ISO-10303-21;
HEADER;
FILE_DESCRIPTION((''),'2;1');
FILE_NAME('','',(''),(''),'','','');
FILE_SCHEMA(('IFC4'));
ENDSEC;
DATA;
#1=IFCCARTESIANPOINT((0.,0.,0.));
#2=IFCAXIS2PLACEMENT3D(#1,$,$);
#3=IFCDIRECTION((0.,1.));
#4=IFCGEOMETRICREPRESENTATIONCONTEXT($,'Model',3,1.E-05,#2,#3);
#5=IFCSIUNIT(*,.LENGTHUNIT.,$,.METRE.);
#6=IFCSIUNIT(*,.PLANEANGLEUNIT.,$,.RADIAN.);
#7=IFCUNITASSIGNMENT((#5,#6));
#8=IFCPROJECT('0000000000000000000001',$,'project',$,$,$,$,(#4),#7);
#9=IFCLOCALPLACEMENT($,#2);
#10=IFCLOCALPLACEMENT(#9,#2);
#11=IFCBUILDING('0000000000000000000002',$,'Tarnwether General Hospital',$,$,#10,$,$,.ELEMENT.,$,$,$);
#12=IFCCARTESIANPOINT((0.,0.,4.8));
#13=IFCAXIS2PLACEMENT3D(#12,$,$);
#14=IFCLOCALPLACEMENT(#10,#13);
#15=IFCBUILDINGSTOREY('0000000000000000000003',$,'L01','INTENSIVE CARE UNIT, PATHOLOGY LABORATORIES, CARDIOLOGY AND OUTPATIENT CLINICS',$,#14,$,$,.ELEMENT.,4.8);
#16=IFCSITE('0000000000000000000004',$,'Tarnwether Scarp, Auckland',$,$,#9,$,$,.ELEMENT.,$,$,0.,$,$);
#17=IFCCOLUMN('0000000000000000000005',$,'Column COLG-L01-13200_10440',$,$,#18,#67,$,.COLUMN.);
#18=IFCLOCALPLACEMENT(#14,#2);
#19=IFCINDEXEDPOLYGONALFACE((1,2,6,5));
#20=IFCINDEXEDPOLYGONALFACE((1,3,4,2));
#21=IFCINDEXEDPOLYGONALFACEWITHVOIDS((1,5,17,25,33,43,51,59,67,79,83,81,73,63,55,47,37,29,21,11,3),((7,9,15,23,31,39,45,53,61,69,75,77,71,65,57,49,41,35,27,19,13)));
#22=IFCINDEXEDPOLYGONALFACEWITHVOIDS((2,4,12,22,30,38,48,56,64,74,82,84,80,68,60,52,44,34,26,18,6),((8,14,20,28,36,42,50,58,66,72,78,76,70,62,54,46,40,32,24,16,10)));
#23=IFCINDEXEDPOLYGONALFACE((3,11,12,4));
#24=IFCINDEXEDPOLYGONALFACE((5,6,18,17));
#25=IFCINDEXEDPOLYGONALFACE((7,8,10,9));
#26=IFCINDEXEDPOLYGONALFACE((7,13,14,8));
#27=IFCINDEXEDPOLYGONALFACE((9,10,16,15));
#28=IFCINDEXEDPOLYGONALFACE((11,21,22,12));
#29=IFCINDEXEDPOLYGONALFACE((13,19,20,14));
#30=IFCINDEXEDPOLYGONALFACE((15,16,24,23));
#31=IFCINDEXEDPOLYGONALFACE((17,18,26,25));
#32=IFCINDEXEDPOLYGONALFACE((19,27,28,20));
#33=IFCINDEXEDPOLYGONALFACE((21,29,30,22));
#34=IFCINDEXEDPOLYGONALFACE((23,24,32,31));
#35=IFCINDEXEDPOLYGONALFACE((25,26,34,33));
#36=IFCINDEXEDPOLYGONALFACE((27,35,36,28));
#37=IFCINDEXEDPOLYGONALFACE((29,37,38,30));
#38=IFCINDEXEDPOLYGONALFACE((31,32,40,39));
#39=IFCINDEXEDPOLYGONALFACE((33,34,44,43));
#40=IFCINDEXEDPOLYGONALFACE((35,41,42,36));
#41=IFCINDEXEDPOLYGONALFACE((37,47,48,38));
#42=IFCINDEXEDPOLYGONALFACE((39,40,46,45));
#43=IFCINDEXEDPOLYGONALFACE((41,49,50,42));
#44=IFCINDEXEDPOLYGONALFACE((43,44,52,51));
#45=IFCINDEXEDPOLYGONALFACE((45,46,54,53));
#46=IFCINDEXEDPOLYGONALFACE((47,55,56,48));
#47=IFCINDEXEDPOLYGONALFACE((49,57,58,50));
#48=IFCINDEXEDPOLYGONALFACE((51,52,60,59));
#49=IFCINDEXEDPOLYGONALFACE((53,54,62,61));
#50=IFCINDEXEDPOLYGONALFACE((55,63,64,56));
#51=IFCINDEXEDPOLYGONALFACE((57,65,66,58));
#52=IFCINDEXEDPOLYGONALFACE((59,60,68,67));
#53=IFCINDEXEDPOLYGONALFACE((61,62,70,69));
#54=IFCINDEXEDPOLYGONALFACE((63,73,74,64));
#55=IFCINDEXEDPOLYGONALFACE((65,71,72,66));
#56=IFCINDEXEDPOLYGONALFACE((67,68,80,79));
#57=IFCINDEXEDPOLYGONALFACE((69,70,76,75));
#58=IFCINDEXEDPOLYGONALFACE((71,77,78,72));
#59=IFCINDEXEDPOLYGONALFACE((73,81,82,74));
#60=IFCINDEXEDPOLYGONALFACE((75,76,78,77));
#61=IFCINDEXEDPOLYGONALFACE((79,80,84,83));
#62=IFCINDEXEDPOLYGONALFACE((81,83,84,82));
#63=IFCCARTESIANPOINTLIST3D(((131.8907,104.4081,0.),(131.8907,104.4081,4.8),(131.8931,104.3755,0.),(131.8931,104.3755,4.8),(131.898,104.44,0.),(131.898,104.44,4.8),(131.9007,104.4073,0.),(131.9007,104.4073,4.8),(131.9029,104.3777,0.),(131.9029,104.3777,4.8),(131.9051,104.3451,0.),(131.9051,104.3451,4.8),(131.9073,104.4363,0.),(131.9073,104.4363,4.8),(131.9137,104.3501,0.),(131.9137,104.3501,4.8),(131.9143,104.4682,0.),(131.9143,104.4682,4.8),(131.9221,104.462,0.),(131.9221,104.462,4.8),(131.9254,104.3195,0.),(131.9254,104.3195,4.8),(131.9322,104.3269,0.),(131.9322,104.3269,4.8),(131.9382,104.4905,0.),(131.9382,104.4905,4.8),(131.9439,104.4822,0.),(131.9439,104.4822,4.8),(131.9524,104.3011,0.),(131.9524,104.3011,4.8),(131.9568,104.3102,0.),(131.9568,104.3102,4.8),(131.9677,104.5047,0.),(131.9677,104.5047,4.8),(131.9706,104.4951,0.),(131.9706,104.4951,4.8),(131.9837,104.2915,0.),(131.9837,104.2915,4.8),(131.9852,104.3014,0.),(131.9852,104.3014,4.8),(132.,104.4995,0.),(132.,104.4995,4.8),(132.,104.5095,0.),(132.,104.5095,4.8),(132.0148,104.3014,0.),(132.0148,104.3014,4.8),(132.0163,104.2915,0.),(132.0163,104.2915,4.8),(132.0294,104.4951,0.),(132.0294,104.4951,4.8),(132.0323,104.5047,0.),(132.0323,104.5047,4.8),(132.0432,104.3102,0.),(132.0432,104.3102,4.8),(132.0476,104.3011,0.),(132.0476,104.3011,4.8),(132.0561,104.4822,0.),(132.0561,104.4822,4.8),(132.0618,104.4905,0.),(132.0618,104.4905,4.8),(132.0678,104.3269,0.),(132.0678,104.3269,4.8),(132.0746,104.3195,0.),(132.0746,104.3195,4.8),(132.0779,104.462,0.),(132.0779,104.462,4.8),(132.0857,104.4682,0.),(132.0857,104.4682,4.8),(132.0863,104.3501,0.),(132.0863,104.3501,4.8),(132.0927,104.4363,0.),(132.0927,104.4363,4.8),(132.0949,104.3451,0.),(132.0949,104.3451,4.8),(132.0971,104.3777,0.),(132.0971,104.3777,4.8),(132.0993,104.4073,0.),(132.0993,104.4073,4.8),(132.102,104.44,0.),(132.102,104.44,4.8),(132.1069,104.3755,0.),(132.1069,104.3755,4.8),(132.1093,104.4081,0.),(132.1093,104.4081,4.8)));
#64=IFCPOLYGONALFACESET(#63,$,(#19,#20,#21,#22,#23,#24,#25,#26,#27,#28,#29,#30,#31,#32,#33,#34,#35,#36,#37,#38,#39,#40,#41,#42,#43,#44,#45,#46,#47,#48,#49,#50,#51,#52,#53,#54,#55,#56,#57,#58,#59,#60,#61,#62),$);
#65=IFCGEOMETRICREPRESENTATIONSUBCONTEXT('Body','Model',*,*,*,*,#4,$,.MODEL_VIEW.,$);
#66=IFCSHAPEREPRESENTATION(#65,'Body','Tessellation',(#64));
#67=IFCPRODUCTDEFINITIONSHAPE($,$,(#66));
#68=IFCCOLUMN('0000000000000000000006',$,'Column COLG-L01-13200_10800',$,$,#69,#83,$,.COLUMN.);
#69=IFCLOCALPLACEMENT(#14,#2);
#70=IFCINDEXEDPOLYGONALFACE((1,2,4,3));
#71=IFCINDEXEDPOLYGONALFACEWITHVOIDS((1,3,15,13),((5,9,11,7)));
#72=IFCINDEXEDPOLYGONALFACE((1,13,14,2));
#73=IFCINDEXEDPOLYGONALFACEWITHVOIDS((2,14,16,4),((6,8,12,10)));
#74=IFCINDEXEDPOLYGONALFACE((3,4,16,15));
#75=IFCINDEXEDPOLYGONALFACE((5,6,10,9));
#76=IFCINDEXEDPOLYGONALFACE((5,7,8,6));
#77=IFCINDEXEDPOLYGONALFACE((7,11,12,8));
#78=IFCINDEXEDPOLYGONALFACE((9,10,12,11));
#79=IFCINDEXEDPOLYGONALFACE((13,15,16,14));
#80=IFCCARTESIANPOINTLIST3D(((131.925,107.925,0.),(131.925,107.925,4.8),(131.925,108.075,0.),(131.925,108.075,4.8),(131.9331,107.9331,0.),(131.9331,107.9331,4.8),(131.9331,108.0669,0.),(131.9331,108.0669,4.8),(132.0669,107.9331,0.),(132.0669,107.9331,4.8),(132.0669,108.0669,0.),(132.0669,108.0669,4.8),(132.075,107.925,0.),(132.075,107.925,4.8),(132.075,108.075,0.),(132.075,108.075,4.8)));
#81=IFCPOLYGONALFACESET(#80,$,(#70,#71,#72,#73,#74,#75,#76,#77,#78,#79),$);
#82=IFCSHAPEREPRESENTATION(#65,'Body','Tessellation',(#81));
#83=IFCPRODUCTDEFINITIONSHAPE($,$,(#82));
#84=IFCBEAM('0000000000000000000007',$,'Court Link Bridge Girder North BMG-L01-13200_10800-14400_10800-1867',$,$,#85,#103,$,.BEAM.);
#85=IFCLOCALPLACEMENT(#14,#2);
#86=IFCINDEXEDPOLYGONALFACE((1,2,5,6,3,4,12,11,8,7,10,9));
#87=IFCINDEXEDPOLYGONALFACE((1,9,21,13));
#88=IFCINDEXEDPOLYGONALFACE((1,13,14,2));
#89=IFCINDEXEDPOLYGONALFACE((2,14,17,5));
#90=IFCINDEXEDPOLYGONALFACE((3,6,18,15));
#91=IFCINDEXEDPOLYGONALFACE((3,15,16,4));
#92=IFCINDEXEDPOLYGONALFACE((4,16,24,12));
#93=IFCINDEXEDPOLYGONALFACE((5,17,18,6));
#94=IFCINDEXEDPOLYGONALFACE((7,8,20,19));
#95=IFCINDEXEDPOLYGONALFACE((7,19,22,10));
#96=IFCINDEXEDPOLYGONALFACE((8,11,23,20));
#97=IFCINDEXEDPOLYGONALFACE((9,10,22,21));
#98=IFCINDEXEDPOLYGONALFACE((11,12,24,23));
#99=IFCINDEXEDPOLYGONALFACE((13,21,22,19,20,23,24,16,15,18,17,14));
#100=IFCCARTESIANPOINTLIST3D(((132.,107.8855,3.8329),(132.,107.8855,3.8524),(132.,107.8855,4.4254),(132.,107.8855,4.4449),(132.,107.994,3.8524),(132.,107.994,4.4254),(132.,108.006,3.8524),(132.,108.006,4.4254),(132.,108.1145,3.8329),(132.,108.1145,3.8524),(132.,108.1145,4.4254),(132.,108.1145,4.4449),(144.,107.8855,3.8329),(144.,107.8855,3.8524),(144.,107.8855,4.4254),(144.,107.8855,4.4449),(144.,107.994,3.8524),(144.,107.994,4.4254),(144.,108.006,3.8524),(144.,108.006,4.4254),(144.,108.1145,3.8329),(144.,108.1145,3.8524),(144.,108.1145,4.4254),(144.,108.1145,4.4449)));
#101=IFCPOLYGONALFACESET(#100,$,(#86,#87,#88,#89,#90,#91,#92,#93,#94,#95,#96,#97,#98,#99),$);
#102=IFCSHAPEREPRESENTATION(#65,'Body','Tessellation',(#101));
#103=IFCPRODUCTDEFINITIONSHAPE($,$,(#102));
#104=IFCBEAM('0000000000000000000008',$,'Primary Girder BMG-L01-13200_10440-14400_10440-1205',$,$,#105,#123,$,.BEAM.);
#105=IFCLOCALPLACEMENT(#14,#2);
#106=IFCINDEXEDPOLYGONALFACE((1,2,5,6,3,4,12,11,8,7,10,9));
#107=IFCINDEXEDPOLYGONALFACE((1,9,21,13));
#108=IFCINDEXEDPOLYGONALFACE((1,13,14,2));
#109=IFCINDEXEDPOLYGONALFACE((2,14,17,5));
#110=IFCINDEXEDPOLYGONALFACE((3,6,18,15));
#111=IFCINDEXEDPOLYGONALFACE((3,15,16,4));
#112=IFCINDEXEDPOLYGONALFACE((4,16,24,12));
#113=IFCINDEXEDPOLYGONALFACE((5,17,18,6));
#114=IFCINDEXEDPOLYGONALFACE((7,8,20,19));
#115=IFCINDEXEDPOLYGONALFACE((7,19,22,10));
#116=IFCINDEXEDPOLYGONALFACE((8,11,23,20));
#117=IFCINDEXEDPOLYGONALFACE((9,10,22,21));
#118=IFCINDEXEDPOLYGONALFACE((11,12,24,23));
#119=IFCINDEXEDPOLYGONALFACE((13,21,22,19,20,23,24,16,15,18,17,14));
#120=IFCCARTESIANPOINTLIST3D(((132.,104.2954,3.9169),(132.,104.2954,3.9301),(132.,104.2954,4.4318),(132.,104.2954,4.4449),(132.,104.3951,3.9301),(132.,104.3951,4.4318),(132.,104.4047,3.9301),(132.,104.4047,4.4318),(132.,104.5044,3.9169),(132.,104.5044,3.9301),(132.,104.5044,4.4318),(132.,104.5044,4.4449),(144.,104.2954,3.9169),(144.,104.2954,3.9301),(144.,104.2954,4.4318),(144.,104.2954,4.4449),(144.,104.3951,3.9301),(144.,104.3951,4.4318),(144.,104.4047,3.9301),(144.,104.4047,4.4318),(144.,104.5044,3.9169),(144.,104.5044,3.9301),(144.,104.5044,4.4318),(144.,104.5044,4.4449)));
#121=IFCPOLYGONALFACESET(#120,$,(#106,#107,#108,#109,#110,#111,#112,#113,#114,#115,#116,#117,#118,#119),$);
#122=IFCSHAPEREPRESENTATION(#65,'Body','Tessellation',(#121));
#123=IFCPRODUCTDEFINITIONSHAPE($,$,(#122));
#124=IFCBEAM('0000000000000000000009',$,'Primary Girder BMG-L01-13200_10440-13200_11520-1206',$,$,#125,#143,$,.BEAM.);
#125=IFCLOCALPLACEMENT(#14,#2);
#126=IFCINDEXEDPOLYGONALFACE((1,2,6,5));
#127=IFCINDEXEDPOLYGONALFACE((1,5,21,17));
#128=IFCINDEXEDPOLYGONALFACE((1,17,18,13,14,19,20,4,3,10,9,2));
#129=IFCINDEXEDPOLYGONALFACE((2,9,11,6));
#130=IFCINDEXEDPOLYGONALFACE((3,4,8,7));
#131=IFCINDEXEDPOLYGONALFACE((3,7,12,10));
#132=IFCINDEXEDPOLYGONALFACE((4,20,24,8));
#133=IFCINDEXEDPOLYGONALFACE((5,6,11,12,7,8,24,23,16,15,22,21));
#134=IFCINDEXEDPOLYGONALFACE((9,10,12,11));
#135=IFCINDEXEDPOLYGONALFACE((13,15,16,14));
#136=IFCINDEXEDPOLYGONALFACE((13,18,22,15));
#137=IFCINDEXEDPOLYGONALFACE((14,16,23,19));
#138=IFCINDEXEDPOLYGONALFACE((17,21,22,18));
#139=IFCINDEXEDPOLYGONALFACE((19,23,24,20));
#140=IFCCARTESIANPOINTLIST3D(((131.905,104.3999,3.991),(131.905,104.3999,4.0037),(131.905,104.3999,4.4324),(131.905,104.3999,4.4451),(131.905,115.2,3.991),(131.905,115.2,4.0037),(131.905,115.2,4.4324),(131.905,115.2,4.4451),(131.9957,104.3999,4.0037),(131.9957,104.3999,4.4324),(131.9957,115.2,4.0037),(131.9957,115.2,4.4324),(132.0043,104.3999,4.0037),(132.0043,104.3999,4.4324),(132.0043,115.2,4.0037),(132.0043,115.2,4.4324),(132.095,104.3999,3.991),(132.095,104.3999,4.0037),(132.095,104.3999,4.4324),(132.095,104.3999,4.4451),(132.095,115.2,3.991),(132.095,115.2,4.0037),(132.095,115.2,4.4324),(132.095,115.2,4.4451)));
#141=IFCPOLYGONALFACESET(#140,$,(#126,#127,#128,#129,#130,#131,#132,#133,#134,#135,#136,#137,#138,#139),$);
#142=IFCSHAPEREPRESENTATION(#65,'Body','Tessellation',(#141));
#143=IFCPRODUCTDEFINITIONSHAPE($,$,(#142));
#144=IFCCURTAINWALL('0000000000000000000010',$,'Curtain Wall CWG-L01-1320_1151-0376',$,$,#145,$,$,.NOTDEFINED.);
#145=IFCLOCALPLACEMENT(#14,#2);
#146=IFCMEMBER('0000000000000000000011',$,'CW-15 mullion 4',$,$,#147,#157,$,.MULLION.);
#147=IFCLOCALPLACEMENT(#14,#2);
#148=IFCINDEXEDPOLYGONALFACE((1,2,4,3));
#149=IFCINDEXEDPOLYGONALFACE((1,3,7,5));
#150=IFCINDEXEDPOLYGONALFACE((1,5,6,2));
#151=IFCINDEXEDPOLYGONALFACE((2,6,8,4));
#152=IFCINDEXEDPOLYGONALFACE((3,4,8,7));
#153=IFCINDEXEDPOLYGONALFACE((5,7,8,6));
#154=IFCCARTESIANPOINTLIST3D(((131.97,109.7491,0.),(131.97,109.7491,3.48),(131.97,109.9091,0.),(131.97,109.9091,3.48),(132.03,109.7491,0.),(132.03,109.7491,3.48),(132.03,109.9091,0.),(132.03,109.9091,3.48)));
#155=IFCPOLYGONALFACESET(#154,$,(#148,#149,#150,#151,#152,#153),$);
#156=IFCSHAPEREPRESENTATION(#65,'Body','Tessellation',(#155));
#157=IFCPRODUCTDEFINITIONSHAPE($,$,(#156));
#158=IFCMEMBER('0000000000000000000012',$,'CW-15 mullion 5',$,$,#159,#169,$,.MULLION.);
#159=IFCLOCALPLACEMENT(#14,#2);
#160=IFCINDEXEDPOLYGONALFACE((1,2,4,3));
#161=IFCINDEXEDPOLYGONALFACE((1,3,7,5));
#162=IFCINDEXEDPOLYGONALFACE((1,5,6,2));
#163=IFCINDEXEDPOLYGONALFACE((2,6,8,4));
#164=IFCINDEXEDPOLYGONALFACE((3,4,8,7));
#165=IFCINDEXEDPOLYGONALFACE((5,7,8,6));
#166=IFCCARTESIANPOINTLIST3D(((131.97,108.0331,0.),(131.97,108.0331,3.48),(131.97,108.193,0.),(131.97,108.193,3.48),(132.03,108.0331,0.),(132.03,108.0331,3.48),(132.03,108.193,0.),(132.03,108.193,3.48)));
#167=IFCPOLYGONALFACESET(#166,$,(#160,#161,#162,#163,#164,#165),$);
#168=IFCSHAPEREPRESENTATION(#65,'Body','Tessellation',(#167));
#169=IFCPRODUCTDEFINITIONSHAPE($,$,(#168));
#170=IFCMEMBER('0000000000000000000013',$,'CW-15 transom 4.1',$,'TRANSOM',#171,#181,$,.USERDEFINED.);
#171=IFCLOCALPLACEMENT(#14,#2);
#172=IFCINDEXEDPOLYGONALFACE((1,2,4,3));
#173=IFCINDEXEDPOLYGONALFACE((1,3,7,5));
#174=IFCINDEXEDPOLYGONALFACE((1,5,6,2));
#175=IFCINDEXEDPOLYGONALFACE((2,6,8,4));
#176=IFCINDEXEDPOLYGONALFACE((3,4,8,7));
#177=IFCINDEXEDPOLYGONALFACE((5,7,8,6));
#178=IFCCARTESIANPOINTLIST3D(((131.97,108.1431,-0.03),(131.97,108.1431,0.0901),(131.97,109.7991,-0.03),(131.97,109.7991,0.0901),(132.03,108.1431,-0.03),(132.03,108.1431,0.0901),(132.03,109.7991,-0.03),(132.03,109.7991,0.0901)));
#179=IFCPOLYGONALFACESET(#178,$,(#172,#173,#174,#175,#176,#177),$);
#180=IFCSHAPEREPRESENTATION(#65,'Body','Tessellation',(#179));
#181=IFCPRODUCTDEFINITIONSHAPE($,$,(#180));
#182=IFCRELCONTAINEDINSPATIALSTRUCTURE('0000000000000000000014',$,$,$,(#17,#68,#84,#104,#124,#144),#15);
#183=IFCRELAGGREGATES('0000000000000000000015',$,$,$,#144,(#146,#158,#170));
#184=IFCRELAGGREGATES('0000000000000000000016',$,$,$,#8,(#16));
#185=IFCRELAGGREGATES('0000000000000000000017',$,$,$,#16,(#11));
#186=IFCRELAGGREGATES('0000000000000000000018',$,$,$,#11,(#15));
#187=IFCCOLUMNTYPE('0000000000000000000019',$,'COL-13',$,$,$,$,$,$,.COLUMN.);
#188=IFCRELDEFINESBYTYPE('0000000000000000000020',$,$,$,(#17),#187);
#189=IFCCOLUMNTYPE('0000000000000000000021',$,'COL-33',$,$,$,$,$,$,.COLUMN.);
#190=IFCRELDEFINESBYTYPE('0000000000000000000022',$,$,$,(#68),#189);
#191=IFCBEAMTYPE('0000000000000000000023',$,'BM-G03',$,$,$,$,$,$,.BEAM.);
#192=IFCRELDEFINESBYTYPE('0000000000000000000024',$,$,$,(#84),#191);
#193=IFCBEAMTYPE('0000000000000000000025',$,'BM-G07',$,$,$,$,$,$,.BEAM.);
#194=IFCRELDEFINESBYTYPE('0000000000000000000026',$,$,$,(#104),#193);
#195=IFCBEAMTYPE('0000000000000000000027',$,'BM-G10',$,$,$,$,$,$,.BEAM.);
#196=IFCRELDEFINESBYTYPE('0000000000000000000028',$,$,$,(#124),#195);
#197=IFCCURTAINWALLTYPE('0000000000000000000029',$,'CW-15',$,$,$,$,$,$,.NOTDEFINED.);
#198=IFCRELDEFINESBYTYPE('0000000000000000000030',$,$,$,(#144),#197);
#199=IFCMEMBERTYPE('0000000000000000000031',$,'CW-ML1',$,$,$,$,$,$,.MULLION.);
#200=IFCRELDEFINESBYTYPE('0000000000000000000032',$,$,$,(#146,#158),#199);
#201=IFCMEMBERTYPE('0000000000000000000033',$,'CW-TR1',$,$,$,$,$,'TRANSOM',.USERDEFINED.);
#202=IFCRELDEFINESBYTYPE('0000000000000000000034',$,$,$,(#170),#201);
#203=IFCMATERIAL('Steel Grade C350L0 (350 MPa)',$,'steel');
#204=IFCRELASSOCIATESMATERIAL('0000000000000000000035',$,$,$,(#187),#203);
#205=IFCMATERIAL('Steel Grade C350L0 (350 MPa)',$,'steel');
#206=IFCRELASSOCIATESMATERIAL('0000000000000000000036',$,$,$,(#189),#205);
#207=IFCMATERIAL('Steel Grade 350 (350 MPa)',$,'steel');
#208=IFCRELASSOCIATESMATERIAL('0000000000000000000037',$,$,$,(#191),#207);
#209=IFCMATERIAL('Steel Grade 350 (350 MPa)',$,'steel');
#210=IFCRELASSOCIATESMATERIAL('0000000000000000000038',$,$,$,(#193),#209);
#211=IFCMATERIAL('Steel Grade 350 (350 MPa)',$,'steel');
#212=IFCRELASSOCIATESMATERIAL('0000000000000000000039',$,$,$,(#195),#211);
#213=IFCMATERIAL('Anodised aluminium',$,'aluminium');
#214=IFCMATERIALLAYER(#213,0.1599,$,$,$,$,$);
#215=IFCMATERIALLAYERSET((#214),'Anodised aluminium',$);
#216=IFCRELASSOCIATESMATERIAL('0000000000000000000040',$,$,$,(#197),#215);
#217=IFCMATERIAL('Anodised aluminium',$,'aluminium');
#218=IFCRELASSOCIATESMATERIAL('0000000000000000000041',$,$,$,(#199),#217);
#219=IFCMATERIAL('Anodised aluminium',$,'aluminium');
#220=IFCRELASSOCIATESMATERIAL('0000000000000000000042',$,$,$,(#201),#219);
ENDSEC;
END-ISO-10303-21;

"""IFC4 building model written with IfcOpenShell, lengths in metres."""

from ifc_helpers import new_model, si_unit, direction, frame, origin, origin_2d, place, context, subcontext, project, spatial, rectangle, hollow_rectangle, hollow_circle, i_section, extrude, material, layer, layer_set, material_profile, profile_set, type_object, element, aggregate, save


model = new_model("IFC4")

# Units and contexts
model_context = context("Model", 3, precision=1e-05, world=origin(), true_north=direction((0.0, 1.0)))
body_context = subcontext(model_context, "Body", "Model", "MODEL_VIEW")
ifc_project = project(units=[si_unit("LENGTHUNIT", "METRE"), si_unit("PLANEANGLEUNIT", "RADIAN")], contexts=[model_context])

# Site, building, storey
site_placement = place(None, origin())
site = spatial("IfcSite", under=ifc_project, at=site_placement, Name="Tarnwether Scarp, Auckland", CompositionType="ELEMENT", RefElevation=0.0)
building_placement = place(site_placement, origin())
building = spatial("IfcBuilding", under=site, at=building_placement, Name="Tarnwether General Hospital", CompositionType="ELEMENT")
storey_placement = place(building_placement, frame((0.0, 0.0, 4.8)))
storey = spatial("IfcBuildingStorey", under=building, at=storey_placement, Name="L01", Description="INTENSIVE CARE UNIT, PATHOLOGY LABORATORIES, CARDIOLOGY AND OUTPATIENT CLINICS", CompositionType="ELEMENT", Elevation=4.8)

# Columns
ifc_material_1 = material(Name="Steel Grade C350L0 (350 MPa)", Category="steel")
ifc_material_profile_1 = material_profile(ifc_material_1, hollow_circle(Radius=0.1096, WallThickness=0.01, at=origin_2d()), Name="CHS219.1x10.0")
ifc_profile_set_1 = profile_set([ifc_material_profile_1], Name="Steel Grade C350L0 (350 MPa)")
column_type_1 = type_object("IfcColumnType", Name="COL-13", PredefinedType="COLUMN", material=ifc_profile_set_1)
column_1_placement = place(storey_placement, frame((132.0, 104.3999, 0.0), z_axis=(0.0, 0.0, 1.0), x_axis=(0.0, 1.0, 0.0)))
element("IfcColumn", 1, at=column_1_placement, inside=storey, type_object=column_type_1, Name="Column COLG-L01-13200_10440", PredefinedType="COLUMN", context=body_context, shape_type="SweptSolid", body=[
    extrude(hollow_circle(Radius=0.1096, WallThickness=0.01, at=origin_2d()), origin(), (0.0, 0.0, 1.0), 4.8),
])
ifc_material_2 = material(Name="Steel Grade C350L0 (350 MPa)", Category="steel")
ifc_material_profile_2 = material_profile(ifc_material_2, hollow_rectangle(XDim=0.1499, YDim=0.1499, WallThickness=0.0081, at=origin_2d()), Name="SHS150x150x8")
ifc_profile_set_2 = profile_set([ifc_material_profile_2], Name="Steel Grade C350L0 (350 MPa)")
column_type_2 = type_object("IfcColumnType", Name="COL-33", PredefinedType="COLUMN", material=ifc_profile_set_2)
column_2_placement = place(storey_placement, frame((132.0, 108.0, 0.0), z_axis=(0.0, 0.0, 1.0), x_axis=(1.0, 0.0, 0.0)))
element("IfcColumn", 2, at=column_2_placement, inside=storey, type_object=column_type_2, Name="Column COLG-L01-13200_10800", PredefinedType="COLUMN", context=body_context, shape_type="SweptSolid", body=[
    extrude(hollow_rectangle(XDim=0.1499, YDim=0.1499, WallThickness=0.0081, at=origin_2d()), origin(), (0.0, 0.0, 1.0), 4.8),
])

# Beams
ifc_material_3 = material(Name="Steel Grade 350 (350 MPa)", Category="steel")
ifc_material_profile_3 = material_profile(ifc_material_3, i_section(OverallWidth=0.229, OverallDepth=0.6121, WebThickness=0.012, FlangeThickness=0.0195, at=origin_2d()), Name="610UB125")
ifc_profile_set_3 = profile_set([ifc_material_profile_3], Name="Steel Grade 350 (350 MPa)")
beam_type_1 = type_object("IfcBeamType", Name="BM-G03", PredefinedType="BEAM", material=ifc_profile_set_3)
beam_1_placement = place(storey_placement, frame((132.0, 108.0, 4.1389), z_axis=(1.0, 0.0, 0.0), x_axis=(0.0, 1.0, 0.0)))
element("IfcBeam", 3, at=beam_1_placement, inside=storey, type_object=beam_type_1, Name="Court Link Bridge Girder North BMG-L01-13200_10800-14400_10800-1867", PredefinedType="BEAM", context=body_context, shape_type="SweptSolid", body=[
    extrude(i_section(OverallWidth=0.229, OverallDepth=0.6121, WebThickness=0.012, FlangeThickness=0.0195, at=origin_2d()), origin(), (0.0, 0.0, 1.0), 12.0),
])
ifc_material_4 = material(Name="Steel Grade 350 (350 MPa)", Category="steel")
ifc_material_profile_4 = material_profile(ifc_material_4, i_section(OverallWidth=0.209, OverallDepth=0.5281, WebThickness=0.0095, FlangeThickness=0.0132, at=origin_2d()), Name="530UB82.0")
ifc_profile_set_4 = profile_set([ifc_material_profile_4], Name="Steel Grade 350 (350 MPa)")
beam_type_2 = type_object("IfcBeamType", Name="BM-G07", PredefinedType="BEAM", material=ifc_profile_set_4)
beam_2_placement = place(storey_placement, frame((132.0, 104.3999, 4.1809), z_axis=(1.0, 0.0, 0.0), x_axis=(0.0, 1.0, 0.0)))
element("IfcBeam", 4, at=beam_2_placement, inside=storey, type_object=beam_type_2, Name="Primary Girder BMG-L01-13200_10440-14400_10440-1205", PredefinedType="BEAM", context=body_context, shape_type="SweptSolid", body=[
    extrude(i_section(OverallWidth=0.209, OverallDepth=0.5281, WebThickness=0.0095, FlangeThickness=0.0132, at=origin_2d()), origin(), (0.0, 0.0, 1.0), 12.0),
])
ifc_material_5 = material(Name="Steel Grade 350 (350 MPa)", Category="steel")
ifc_material_profile_5 = material_profile(ifc_material_5, i_section(OverallWidth=0.1899, OverallDepth=0.4541, WebThickness=0.0085, FlangeThickness=0.0127, at=origin_2d()), Name="460UB67.1")
ifc_profile_set_5 = profile_set([ifc_material_profile_5], Name="Steel Grade 350 (350 MPa)")
beam_type_3 = type_object("IfcBeamType", Name="BM-G10", PredefinedType="BEAM", material=ifc_profile_set_5)
beam_3_placement = place(storey_placement, frame((132.0, 104.3999, 4.218), z_axis=(0.0, 1.0, 0.0), x_axis=(-1.0, 0.0, 0.0)))
element("IfcBeam", 5, at=beam_3_placement, inside=storey, type_object=beam_type_3, Name="Primary Girder BMG-L01-13200_10440-13200_11520-1206", PredefinedType="BEAM", context=body_context, shape_type="SweptSolid", body=[
    extrude(i_section(OverallWidth=0.1899, OverallDepth=0.4541, WebThickness=0.0085, FlangeThickness=0.0127, at=origin_2d()), origin(), (0.0, 0.0, 1.0), 10.8),
])

# Curtain wall, members
ifc_material_6 = material(Name="Anodised aluminium", Category="aluminium")
ifc_layer_1 = layer(ifc_material_6, 0.1599)
ifc_layer_set_1 = layer_set([ifc_layer_1], Name="Anodised aluminium")
curtain_wall_type = type_object("IfcCurtainWallType", Name="CW-15", PredefinedType="NOTDEFINED", material=ifc_layer_set_1)
curtain_wall_placement = place(storey_placement, origin())
curtain_wall = element("IfcCurtainWall", 6, at=curtain_wall_placement, inside=storey, type_object=curtain_wall_type, Name="Curtain Wall CWG-L01-1320_1151-0376", PredefinedType="NOTDEFINED")
ifc_material_7 = material(Name="Anodised aluminium", Category="aluminium")
ifc_material_profile_6 = material_profile(ifc_material_7, rectangle(XDim=0.0601, YDim=0.1599, at=origin_2d()), Name="ALU-MUL-60x160")
ifc_profile_set_6 = profile_set([ifc_material_profile_6], Name="Anodised aluminium")
member_type_1 = type_object("IfcMemberType", Name="CW-ML1", PredefinedType="MULLION", material=ifc_profile_set_6)
member_1_placement = place(storey_placement, frame((132.0, 109.8291, 0.0), z_axis=(0.0, 0.0, 1.0), x_axis=(1.0, 0.0, 0.0)))
member_1 = element("IfcMember", 7, at=member_1_placement, type_object=member_type_1, Name="CW-15 mullion 4", PredefinedType="MULLION", context=body_context, shape_type="SweptSolid", body=[
    extrude(rectangle(XDim=0.0601, YDim=0.1599, at=origin_2d()), origin(), (0.0, 0.0, 1.0), 3.48),
])
member_2_placement = place(storey_placement, frame((132.0, 108.113, 0.0), z_axis=(0.0, 0.0, 1.0), x_axis=(1.0, 0.0, 0.0)))
member_2 = element("IfcMember", 8, at=member_2_placement, type_object=member_type_1, Name="CW-15 mullion 5", PredefinedType="MULLION", context=body_context, shape_type="SweptSolid", body=[
    extrude(rectangle(XDim=0.0601, YDim=0.1599, at=origin_2d()), origin(), (0.0, 0.0, 1.0), 3.48),
])
ifc_material_8 = material(Name="Anodised aluminium", Category="aluminium")
ifc_material_profile_7 = material_profile(ifc_material_8, rectangle(XDim=0.0601, YDim=0.1201, at=origin_2d()), Name="ALU-TRN-60x120")
ifc_profile_set_7 = profile_set([ifc_material_profile_7], Name="Anodised aluminium")
member_type_2 = type_object("IfcMemberType", Name="CW-TR1", ElementType="TRANSOM", PredefinedType="USERDEFINED", material=ifc_profile_set_7)
member_3_placement = place(storey_placement, frame((132.0, 109.7991, 0.03), z_axis=(0.0, -1.0, 0.0), x_axis=(1.0, 0.0, 0.0)))
member_3 = element("IfcMember", 9, at=member_3_placement, type_object=member_type_2, Name="CW-15 transom 4.1", ObjectType="TRANSOM", PredefinedType="USERDEFINED", context=body_context, shape_type="SweptSolid", body=[
    extrude(rectangle(XDim=0.0601, YDim=0.1201, at=origin_2d()), origin(), (0.0, 0.0, 1.0), 1.656),
])
aggregate(curtain_wall, [member_1, member_2, member_3])

save(model, "model.ifc")
